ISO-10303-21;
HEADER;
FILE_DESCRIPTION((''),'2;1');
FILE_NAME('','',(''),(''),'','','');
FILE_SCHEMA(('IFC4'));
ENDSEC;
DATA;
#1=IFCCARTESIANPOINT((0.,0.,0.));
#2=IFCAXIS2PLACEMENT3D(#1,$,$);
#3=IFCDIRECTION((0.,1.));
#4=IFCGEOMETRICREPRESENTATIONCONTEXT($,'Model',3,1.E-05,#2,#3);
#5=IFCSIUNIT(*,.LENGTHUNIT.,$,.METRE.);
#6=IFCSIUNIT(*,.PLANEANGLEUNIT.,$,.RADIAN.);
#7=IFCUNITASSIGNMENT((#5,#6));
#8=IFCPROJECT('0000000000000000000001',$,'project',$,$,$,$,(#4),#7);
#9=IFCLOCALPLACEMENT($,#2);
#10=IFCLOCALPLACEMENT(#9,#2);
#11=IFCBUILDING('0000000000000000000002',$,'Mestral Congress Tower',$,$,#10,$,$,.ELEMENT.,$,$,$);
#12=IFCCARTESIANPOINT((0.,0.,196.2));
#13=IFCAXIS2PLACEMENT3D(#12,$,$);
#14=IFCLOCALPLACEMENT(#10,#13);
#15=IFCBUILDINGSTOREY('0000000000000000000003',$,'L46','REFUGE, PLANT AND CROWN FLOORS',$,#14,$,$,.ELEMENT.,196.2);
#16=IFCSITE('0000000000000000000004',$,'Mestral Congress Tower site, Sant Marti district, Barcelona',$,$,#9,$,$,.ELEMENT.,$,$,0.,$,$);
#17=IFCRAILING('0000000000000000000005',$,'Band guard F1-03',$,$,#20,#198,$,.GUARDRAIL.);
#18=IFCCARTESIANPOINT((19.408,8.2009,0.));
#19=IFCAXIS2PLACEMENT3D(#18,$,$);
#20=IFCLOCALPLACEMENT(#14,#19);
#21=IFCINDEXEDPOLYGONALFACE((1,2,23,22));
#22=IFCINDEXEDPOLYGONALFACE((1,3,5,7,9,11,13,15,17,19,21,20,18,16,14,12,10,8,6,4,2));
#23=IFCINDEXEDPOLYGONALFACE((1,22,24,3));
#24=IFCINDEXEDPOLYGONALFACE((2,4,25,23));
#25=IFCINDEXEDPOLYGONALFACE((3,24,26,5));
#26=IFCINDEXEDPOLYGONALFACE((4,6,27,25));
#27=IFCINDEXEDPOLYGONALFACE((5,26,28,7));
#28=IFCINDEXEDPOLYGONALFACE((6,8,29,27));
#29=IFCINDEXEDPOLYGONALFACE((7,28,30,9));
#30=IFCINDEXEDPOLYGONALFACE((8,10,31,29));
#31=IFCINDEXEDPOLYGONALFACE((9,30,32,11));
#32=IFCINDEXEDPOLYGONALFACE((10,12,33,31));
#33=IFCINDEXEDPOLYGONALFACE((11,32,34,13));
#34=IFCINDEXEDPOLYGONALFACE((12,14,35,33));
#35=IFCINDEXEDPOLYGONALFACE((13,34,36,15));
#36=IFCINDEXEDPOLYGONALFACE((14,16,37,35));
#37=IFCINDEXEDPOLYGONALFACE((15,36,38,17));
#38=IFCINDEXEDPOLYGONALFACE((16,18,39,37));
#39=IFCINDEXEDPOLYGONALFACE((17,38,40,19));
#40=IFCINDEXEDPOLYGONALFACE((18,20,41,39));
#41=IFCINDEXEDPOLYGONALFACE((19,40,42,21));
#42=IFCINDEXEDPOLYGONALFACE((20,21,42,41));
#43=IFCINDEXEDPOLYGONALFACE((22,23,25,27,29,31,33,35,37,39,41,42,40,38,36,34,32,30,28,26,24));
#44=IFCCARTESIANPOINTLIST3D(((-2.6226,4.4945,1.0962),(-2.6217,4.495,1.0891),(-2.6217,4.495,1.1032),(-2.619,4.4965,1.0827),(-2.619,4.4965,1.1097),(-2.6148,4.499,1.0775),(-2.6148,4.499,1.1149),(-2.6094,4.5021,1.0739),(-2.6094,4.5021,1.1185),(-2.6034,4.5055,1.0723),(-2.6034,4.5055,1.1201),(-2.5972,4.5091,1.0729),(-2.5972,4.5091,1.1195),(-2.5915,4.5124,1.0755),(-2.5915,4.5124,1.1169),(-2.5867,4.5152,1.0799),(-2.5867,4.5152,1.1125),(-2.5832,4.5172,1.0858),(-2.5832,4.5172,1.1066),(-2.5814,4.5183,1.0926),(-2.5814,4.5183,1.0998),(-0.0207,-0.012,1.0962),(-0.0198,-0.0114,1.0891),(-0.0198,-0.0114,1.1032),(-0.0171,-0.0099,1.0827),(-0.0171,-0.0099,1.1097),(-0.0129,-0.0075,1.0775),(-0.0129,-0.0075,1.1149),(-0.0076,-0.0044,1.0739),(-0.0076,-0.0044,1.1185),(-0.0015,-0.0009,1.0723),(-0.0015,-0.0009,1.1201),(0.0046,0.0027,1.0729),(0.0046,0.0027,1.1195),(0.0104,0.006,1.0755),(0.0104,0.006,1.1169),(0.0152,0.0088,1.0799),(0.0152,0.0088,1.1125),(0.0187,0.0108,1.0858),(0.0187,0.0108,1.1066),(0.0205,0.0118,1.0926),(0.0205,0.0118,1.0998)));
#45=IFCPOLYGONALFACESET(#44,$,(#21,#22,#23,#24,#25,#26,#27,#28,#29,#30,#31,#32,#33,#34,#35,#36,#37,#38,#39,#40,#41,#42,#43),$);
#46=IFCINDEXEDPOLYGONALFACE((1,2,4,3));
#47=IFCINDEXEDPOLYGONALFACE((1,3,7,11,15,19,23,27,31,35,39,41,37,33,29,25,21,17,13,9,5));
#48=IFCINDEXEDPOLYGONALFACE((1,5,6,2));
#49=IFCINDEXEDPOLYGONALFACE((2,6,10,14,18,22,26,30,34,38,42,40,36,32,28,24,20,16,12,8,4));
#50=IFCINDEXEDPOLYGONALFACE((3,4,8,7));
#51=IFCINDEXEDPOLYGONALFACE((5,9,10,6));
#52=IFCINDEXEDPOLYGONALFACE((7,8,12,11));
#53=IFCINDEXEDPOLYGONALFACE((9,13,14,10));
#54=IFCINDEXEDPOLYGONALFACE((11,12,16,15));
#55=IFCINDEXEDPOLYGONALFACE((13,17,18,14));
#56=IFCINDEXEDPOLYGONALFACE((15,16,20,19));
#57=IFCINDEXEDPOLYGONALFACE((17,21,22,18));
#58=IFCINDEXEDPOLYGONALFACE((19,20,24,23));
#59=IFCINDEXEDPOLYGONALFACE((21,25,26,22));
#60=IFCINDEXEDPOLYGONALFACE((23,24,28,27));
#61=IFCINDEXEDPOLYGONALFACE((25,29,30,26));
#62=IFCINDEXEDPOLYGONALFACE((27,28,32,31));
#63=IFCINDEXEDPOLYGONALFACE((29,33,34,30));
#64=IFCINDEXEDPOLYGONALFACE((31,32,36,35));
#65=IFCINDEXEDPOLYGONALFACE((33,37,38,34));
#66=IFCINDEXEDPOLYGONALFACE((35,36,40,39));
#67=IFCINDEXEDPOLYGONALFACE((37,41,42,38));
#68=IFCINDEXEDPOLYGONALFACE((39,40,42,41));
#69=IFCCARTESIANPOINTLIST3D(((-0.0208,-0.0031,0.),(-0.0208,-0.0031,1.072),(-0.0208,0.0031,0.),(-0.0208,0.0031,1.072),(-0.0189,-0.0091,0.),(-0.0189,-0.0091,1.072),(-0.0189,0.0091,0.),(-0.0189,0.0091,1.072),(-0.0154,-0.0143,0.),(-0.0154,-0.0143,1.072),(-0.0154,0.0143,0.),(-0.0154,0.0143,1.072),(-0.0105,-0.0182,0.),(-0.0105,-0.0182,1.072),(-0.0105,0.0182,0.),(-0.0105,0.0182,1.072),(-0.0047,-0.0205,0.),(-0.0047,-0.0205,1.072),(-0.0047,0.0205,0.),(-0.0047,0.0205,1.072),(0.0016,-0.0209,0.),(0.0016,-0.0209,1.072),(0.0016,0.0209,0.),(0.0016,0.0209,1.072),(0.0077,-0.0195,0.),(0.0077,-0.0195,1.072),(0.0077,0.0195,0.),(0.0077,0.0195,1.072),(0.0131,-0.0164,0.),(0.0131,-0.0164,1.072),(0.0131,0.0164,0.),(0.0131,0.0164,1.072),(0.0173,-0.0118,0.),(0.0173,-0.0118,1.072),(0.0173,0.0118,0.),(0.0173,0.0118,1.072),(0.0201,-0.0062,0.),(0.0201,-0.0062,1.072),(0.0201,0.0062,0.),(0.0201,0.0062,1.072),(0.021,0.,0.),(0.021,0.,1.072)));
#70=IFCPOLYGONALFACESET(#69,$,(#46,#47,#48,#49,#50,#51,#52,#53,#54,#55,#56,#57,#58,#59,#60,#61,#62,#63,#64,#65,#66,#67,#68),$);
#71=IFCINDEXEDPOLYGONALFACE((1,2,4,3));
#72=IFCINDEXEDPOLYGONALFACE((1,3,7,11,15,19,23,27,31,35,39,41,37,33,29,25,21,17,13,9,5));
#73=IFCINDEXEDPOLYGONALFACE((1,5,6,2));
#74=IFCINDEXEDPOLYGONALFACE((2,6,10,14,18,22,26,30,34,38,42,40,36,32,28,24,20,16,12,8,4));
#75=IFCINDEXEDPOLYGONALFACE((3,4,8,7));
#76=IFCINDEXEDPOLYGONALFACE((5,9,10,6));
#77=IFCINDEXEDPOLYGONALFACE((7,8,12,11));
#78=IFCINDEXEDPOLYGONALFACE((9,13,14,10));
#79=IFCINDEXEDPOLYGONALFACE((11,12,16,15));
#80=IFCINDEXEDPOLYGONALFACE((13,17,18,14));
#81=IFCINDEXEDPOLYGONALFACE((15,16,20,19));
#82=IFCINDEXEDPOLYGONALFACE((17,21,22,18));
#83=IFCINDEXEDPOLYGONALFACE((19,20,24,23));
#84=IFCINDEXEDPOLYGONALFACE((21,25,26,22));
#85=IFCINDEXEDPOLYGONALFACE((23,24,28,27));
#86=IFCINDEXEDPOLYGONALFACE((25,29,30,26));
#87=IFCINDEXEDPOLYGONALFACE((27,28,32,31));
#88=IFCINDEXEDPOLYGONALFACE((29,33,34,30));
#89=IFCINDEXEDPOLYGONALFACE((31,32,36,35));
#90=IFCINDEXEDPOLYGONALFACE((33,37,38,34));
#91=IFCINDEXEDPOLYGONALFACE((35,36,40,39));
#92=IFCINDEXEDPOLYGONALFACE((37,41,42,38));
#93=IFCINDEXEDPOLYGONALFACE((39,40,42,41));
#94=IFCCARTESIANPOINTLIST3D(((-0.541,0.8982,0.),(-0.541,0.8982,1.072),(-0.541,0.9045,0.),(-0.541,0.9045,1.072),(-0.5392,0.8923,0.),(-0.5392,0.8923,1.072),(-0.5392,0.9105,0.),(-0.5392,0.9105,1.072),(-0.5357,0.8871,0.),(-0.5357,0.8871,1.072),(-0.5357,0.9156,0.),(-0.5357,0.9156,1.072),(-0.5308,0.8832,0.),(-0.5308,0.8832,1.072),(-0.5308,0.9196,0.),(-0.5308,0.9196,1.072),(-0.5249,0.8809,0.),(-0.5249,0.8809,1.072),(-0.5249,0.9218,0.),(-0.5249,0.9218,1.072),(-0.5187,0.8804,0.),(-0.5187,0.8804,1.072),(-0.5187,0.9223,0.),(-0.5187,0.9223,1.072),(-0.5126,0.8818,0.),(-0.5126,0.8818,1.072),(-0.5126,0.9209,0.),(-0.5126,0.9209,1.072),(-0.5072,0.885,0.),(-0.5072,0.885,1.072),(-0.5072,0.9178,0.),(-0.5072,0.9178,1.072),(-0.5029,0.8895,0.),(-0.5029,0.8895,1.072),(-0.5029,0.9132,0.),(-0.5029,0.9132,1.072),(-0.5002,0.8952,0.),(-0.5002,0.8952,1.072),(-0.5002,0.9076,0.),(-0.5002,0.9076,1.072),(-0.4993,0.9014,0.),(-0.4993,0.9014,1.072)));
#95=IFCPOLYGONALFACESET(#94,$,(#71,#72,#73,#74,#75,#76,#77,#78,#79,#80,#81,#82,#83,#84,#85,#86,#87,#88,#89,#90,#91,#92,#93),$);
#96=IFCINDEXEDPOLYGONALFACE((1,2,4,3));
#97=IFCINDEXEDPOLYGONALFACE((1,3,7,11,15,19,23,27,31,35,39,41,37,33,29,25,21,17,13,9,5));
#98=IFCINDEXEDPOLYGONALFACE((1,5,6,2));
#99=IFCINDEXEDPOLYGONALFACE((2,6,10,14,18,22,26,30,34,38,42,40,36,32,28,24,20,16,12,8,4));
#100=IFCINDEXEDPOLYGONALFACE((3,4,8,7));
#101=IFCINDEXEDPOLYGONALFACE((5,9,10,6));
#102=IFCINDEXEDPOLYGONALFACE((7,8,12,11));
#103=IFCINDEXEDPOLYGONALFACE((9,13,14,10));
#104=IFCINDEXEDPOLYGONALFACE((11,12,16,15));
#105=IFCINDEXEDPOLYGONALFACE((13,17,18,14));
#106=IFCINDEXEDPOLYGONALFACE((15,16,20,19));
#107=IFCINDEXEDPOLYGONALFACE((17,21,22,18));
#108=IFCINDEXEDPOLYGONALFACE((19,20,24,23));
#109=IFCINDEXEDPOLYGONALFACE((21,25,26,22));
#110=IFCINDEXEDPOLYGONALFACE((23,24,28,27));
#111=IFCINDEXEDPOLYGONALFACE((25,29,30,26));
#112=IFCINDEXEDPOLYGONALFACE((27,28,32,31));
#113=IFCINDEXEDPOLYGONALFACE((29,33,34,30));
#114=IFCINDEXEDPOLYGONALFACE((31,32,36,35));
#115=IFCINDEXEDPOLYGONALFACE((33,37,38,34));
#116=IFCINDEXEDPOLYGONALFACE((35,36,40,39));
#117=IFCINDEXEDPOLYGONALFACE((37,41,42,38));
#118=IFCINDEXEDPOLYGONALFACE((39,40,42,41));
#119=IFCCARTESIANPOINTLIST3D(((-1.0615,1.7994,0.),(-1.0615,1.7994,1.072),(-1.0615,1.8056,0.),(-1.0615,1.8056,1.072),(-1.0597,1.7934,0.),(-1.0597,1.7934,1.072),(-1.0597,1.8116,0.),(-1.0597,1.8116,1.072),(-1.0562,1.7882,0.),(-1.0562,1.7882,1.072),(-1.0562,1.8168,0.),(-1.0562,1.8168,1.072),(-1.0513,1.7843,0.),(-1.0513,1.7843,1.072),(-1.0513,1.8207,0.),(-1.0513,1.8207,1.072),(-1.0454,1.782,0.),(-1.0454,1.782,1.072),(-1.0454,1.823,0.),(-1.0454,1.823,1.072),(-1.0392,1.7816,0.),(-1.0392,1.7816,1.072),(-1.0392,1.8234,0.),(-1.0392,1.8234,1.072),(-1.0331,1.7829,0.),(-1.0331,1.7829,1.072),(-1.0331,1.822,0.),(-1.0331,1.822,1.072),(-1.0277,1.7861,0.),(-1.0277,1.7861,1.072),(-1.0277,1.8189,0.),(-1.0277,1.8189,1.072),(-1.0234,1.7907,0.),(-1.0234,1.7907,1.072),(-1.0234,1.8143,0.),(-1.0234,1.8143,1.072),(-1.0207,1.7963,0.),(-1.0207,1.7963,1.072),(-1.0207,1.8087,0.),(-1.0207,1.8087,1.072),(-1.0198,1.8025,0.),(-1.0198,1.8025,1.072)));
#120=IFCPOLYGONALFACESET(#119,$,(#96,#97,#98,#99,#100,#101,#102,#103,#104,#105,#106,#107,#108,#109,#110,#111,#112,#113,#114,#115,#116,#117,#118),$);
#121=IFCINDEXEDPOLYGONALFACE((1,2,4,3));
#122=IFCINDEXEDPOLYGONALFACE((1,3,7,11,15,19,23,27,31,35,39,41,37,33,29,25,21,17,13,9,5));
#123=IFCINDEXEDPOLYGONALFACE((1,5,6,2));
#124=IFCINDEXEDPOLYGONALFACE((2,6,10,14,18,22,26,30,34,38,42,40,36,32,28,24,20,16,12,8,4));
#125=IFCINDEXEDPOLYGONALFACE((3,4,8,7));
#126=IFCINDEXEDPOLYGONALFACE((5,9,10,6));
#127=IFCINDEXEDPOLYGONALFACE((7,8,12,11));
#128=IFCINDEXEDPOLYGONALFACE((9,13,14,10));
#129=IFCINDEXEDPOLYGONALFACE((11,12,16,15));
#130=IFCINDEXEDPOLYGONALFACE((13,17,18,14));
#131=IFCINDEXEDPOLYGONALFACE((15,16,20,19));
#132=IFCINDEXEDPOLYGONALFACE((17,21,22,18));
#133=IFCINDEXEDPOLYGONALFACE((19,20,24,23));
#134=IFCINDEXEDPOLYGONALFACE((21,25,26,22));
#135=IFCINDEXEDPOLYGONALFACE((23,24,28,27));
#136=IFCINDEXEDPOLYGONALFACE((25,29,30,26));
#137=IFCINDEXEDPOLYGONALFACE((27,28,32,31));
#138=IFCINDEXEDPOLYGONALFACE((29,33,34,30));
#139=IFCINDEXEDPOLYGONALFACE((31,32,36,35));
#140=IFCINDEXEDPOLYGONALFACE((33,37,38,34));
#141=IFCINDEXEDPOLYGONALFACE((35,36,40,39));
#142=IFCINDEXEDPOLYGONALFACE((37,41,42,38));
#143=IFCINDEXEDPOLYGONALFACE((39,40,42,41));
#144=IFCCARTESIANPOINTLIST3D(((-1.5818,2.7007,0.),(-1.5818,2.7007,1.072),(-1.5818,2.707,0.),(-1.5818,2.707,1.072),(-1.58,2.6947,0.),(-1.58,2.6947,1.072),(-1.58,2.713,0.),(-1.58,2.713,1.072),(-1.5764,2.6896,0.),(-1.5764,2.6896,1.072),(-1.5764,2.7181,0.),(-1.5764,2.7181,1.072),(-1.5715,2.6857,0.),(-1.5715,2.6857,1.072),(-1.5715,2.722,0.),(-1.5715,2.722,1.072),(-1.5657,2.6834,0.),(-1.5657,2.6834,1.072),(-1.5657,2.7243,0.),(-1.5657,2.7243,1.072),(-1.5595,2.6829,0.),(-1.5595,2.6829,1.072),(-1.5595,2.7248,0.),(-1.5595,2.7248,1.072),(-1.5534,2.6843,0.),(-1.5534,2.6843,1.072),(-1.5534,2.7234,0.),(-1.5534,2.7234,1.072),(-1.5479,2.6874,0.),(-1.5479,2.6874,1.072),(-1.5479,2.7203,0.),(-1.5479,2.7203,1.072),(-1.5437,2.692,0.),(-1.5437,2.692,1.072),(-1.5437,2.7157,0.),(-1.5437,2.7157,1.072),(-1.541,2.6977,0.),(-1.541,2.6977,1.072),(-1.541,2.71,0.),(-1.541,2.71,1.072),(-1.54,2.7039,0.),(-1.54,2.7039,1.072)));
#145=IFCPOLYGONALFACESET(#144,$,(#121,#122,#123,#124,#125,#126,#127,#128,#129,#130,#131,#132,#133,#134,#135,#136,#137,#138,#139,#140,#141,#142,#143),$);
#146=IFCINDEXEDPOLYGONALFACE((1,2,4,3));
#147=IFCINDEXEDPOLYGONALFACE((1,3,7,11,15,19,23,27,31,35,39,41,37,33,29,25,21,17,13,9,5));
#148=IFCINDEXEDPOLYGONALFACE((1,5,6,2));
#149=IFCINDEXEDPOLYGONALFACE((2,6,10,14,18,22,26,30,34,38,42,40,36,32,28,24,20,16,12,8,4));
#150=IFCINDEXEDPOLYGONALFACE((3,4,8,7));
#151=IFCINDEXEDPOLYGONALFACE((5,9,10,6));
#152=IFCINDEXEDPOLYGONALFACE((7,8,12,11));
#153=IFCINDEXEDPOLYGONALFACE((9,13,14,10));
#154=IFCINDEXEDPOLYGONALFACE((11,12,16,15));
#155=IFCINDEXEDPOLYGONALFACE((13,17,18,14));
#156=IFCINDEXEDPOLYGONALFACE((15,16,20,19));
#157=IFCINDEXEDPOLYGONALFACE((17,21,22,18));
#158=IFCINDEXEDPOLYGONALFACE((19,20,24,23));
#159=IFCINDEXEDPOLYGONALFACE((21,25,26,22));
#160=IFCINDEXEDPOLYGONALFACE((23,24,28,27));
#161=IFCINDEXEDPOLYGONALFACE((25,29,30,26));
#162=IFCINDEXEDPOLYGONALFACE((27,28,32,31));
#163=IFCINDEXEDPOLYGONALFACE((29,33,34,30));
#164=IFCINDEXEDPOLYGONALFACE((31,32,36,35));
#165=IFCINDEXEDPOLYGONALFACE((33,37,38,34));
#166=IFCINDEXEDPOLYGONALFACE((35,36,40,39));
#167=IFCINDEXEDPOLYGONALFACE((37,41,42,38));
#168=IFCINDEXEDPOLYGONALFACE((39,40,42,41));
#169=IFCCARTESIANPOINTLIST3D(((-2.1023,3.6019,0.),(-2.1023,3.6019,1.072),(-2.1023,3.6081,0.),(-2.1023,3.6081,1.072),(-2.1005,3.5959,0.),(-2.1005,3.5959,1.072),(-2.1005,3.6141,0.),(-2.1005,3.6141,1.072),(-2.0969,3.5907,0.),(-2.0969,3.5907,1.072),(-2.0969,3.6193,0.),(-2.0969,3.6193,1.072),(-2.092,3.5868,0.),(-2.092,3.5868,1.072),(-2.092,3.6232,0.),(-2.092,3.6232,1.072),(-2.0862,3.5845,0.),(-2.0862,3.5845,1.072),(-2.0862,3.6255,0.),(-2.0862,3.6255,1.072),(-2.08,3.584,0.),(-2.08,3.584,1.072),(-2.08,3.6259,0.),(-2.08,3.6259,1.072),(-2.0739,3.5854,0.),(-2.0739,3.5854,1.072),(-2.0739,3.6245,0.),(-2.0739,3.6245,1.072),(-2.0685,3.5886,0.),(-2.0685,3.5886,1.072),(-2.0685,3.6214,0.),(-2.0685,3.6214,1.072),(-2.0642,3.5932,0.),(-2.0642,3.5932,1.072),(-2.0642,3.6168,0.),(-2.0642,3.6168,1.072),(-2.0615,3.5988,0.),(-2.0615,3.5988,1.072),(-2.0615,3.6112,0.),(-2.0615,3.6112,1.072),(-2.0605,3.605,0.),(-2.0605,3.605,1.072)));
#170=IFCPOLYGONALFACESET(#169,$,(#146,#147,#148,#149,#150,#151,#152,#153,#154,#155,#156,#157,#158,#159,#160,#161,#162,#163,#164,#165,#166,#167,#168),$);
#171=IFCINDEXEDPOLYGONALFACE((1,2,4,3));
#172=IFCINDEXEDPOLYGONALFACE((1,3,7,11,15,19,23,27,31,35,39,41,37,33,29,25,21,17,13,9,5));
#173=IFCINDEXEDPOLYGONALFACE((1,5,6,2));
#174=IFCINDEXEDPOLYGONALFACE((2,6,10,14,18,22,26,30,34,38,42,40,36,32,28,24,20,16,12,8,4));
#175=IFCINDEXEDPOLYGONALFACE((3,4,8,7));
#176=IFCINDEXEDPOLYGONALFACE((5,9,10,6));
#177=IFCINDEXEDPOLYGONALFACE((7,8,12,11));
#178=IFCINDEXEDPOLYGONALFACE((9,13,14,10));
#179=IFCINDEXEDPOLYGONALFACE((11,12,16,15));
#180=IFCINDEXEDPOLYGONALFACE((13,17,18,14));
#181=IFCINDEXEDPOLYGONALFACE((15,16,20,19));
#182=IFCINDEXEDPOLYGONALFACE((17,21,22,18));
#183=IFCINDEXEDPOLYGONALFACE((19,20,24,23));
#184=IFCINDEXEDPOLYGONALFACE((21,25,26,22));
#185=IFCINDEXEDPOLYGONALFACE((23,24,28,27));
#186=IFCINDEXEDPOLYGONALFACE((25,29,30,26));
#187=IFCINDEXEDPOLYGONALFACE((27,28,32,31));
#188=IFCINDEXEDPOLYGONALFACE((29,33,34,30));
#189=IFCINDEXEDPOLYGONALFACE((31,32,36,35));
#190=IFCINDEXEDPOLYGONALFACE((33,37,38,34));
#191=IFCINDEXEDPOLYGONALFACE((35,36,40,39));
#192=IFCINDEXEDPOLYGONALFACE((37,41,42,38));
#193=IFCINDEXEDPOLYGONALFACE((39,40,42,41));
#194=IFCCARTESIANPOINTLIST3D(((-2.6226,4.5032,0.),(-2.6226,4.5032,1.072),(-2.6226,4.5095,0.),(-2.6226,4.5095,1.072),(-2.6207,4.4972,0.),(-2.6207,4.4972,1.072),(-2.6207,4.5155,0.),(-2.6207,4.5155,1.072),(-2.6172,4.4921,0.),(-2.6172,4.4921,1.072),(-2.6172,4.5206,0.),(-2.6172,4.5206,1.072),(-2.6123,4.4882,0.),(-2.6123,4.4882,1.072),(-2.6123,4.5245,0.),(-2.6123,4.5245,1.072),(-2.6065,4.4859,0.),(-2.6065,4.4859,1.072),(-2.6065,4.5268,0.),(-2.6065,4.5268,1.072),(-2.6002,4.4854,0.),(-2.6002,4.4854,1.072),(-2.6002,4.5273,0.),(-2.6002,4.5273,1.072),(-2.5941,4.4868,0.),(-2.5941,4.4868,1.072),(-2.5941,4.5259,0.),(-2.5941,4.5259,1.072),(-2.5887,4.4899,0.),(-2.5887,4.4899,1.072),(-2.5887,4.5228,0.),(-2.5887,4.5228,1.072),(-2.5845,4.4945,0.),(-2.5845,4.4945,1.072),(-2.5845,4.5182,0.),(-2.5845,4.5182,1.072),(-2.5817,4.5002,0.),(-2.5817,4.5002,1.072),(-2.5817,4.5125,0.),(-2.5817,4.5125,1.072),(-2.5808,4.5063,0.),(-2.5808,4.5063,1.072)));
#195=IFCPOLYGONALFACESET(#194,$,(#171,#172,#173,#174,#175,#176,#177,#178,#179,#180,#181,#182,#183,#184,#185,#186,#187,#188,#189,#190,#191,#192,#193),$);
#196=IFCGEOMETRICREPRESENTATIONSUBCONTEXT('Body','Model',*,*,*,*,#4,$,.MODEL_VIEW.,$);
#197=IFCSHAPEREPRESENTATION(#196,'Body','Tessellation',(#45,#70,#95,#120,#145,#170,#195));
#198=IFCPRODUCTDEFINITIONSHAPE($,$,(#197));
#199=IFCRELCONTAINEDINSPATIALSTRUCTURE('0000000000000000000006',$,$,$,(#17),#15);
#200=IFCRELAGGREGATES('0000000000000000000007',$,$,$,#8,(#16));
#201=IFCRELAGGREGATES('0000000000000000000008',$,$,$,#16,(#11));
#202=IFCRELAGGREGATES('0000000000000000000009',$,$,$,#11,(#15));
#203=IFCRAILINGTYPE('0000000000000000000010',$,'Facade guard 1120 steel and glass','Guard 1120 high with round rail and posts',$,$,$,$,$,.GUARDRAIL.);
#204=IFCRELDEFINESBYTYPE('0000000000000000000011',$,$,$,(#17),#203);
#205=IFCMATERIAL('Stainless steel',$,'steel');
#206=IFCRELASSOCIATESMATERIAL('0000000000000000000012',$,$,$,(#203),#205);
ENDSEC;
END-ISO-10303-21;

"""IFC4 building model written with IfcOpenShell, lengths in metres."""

from ifc_helpers import new_model, si_unit, direction, frame, origin, origin_2d, place, context, subcontext, project, spatial, circle, extrude, material, type_object, element, save


model = new_model("IFC4")

# Units and contexts
model_context = context("Model", 3, precision=1e-05, world=origin(), true_north=direction((0.0, 1.0)))
body_context = subcontext(model_context, "Body", "Model", "MODEL_VIEW")
ifc_project = project(units=[si_unit("LENGTHUNIT", "METRE"), si_unit("PLANEANGLEUNIT", "RADIAN")], contexts=[model_context])

# Site, building, storey
site_placement = place(None, origin())
site = spatial("IfcSite", under=ifc_project, at=site_placement, Name="Mestral Congress Tower site, Sant Marti district, Barcelona", CompositionType="ELEMENT", RefElevation=0.0)
building_placement = place(site_placement, origin())
building = spatial("IfcBuilding", under=site, at=building_placement, Name="Mestral Congress Tower", CompositionType="ELEMENT")
storey_placement = place(building_placement, frame((0.0, 0.0, 196.2)))
storey = spatial("IfcBuildingStorey", under=building, at=storey_placement, Name="L46", Description="REFUGE, PLANT AND CROWN FLOORS", CompositionType="ELEMENT", Elevation=196.2)

# Railing
ifc_material_1 = material(Name="Stainless steel", Category="steel")
railing_type = type_object("IfcRailingType", Name="Facade guard 1120 steel and glass", Description="Guard 1120 high with round rail and posts", PredefinedType="GUARDRAIL", material=ifc_material_1)
railing_placement = place(storey_placement, frame((19.408, 8.2009, 0.0)))
element("IfcRailing", 1, at=railing_placement, inside=storey, type_object=railing_type, Name="Band guard F1-03", PredefinedType="GUARDRAIL", context=body_context, shape_type="SweptSolid", body=[
    extrude(circle(Radius=0.0239, at=origin_2d()), frame((0.0, 0.0, 1.0962), z_axis=(-0.500009, 0.86602, 0.0), x_axis=(-0.86602, -0.500009, 0.0)), (0.0, 0.0, 1.0), 5.2036),
    extrude(circle(Radius=0.021, at=origin_2d()), origin(), (0.0, 0.0, 1.0), 1.072),
    extrude(circle(Radius=0.021, at=origin_2d()), frame((-0.5203, 0.9014, 0.0)), (0.0, 0.0, 1.0), 1.072),
    extrude(circle(Radius=0.021, at=origin_2d()), frame((-1.0408, 1.8025, 0.0)), (0.0, 0.0, 1.0), 1.072),
    extrude(circle(Radius=0.021, at=origin_2d()), frame((-1.561, 2.7039, 0.0)), (0.0, 0.0, 1.0), 1.072),
    extrude(circle(Radius=0.021, at=origin_2d()), frame((-2.0815, 3.605, 0.0)), (0.0, 0.0, 1.0), 1.072),
    extrude(circle(Radius=0.021, at=origin_2d()), frame((-2.6018, 4.5063, 0.0)), (0.0, 0.0, 1.0), 1.072),
])

save(model, "model.ifc")
